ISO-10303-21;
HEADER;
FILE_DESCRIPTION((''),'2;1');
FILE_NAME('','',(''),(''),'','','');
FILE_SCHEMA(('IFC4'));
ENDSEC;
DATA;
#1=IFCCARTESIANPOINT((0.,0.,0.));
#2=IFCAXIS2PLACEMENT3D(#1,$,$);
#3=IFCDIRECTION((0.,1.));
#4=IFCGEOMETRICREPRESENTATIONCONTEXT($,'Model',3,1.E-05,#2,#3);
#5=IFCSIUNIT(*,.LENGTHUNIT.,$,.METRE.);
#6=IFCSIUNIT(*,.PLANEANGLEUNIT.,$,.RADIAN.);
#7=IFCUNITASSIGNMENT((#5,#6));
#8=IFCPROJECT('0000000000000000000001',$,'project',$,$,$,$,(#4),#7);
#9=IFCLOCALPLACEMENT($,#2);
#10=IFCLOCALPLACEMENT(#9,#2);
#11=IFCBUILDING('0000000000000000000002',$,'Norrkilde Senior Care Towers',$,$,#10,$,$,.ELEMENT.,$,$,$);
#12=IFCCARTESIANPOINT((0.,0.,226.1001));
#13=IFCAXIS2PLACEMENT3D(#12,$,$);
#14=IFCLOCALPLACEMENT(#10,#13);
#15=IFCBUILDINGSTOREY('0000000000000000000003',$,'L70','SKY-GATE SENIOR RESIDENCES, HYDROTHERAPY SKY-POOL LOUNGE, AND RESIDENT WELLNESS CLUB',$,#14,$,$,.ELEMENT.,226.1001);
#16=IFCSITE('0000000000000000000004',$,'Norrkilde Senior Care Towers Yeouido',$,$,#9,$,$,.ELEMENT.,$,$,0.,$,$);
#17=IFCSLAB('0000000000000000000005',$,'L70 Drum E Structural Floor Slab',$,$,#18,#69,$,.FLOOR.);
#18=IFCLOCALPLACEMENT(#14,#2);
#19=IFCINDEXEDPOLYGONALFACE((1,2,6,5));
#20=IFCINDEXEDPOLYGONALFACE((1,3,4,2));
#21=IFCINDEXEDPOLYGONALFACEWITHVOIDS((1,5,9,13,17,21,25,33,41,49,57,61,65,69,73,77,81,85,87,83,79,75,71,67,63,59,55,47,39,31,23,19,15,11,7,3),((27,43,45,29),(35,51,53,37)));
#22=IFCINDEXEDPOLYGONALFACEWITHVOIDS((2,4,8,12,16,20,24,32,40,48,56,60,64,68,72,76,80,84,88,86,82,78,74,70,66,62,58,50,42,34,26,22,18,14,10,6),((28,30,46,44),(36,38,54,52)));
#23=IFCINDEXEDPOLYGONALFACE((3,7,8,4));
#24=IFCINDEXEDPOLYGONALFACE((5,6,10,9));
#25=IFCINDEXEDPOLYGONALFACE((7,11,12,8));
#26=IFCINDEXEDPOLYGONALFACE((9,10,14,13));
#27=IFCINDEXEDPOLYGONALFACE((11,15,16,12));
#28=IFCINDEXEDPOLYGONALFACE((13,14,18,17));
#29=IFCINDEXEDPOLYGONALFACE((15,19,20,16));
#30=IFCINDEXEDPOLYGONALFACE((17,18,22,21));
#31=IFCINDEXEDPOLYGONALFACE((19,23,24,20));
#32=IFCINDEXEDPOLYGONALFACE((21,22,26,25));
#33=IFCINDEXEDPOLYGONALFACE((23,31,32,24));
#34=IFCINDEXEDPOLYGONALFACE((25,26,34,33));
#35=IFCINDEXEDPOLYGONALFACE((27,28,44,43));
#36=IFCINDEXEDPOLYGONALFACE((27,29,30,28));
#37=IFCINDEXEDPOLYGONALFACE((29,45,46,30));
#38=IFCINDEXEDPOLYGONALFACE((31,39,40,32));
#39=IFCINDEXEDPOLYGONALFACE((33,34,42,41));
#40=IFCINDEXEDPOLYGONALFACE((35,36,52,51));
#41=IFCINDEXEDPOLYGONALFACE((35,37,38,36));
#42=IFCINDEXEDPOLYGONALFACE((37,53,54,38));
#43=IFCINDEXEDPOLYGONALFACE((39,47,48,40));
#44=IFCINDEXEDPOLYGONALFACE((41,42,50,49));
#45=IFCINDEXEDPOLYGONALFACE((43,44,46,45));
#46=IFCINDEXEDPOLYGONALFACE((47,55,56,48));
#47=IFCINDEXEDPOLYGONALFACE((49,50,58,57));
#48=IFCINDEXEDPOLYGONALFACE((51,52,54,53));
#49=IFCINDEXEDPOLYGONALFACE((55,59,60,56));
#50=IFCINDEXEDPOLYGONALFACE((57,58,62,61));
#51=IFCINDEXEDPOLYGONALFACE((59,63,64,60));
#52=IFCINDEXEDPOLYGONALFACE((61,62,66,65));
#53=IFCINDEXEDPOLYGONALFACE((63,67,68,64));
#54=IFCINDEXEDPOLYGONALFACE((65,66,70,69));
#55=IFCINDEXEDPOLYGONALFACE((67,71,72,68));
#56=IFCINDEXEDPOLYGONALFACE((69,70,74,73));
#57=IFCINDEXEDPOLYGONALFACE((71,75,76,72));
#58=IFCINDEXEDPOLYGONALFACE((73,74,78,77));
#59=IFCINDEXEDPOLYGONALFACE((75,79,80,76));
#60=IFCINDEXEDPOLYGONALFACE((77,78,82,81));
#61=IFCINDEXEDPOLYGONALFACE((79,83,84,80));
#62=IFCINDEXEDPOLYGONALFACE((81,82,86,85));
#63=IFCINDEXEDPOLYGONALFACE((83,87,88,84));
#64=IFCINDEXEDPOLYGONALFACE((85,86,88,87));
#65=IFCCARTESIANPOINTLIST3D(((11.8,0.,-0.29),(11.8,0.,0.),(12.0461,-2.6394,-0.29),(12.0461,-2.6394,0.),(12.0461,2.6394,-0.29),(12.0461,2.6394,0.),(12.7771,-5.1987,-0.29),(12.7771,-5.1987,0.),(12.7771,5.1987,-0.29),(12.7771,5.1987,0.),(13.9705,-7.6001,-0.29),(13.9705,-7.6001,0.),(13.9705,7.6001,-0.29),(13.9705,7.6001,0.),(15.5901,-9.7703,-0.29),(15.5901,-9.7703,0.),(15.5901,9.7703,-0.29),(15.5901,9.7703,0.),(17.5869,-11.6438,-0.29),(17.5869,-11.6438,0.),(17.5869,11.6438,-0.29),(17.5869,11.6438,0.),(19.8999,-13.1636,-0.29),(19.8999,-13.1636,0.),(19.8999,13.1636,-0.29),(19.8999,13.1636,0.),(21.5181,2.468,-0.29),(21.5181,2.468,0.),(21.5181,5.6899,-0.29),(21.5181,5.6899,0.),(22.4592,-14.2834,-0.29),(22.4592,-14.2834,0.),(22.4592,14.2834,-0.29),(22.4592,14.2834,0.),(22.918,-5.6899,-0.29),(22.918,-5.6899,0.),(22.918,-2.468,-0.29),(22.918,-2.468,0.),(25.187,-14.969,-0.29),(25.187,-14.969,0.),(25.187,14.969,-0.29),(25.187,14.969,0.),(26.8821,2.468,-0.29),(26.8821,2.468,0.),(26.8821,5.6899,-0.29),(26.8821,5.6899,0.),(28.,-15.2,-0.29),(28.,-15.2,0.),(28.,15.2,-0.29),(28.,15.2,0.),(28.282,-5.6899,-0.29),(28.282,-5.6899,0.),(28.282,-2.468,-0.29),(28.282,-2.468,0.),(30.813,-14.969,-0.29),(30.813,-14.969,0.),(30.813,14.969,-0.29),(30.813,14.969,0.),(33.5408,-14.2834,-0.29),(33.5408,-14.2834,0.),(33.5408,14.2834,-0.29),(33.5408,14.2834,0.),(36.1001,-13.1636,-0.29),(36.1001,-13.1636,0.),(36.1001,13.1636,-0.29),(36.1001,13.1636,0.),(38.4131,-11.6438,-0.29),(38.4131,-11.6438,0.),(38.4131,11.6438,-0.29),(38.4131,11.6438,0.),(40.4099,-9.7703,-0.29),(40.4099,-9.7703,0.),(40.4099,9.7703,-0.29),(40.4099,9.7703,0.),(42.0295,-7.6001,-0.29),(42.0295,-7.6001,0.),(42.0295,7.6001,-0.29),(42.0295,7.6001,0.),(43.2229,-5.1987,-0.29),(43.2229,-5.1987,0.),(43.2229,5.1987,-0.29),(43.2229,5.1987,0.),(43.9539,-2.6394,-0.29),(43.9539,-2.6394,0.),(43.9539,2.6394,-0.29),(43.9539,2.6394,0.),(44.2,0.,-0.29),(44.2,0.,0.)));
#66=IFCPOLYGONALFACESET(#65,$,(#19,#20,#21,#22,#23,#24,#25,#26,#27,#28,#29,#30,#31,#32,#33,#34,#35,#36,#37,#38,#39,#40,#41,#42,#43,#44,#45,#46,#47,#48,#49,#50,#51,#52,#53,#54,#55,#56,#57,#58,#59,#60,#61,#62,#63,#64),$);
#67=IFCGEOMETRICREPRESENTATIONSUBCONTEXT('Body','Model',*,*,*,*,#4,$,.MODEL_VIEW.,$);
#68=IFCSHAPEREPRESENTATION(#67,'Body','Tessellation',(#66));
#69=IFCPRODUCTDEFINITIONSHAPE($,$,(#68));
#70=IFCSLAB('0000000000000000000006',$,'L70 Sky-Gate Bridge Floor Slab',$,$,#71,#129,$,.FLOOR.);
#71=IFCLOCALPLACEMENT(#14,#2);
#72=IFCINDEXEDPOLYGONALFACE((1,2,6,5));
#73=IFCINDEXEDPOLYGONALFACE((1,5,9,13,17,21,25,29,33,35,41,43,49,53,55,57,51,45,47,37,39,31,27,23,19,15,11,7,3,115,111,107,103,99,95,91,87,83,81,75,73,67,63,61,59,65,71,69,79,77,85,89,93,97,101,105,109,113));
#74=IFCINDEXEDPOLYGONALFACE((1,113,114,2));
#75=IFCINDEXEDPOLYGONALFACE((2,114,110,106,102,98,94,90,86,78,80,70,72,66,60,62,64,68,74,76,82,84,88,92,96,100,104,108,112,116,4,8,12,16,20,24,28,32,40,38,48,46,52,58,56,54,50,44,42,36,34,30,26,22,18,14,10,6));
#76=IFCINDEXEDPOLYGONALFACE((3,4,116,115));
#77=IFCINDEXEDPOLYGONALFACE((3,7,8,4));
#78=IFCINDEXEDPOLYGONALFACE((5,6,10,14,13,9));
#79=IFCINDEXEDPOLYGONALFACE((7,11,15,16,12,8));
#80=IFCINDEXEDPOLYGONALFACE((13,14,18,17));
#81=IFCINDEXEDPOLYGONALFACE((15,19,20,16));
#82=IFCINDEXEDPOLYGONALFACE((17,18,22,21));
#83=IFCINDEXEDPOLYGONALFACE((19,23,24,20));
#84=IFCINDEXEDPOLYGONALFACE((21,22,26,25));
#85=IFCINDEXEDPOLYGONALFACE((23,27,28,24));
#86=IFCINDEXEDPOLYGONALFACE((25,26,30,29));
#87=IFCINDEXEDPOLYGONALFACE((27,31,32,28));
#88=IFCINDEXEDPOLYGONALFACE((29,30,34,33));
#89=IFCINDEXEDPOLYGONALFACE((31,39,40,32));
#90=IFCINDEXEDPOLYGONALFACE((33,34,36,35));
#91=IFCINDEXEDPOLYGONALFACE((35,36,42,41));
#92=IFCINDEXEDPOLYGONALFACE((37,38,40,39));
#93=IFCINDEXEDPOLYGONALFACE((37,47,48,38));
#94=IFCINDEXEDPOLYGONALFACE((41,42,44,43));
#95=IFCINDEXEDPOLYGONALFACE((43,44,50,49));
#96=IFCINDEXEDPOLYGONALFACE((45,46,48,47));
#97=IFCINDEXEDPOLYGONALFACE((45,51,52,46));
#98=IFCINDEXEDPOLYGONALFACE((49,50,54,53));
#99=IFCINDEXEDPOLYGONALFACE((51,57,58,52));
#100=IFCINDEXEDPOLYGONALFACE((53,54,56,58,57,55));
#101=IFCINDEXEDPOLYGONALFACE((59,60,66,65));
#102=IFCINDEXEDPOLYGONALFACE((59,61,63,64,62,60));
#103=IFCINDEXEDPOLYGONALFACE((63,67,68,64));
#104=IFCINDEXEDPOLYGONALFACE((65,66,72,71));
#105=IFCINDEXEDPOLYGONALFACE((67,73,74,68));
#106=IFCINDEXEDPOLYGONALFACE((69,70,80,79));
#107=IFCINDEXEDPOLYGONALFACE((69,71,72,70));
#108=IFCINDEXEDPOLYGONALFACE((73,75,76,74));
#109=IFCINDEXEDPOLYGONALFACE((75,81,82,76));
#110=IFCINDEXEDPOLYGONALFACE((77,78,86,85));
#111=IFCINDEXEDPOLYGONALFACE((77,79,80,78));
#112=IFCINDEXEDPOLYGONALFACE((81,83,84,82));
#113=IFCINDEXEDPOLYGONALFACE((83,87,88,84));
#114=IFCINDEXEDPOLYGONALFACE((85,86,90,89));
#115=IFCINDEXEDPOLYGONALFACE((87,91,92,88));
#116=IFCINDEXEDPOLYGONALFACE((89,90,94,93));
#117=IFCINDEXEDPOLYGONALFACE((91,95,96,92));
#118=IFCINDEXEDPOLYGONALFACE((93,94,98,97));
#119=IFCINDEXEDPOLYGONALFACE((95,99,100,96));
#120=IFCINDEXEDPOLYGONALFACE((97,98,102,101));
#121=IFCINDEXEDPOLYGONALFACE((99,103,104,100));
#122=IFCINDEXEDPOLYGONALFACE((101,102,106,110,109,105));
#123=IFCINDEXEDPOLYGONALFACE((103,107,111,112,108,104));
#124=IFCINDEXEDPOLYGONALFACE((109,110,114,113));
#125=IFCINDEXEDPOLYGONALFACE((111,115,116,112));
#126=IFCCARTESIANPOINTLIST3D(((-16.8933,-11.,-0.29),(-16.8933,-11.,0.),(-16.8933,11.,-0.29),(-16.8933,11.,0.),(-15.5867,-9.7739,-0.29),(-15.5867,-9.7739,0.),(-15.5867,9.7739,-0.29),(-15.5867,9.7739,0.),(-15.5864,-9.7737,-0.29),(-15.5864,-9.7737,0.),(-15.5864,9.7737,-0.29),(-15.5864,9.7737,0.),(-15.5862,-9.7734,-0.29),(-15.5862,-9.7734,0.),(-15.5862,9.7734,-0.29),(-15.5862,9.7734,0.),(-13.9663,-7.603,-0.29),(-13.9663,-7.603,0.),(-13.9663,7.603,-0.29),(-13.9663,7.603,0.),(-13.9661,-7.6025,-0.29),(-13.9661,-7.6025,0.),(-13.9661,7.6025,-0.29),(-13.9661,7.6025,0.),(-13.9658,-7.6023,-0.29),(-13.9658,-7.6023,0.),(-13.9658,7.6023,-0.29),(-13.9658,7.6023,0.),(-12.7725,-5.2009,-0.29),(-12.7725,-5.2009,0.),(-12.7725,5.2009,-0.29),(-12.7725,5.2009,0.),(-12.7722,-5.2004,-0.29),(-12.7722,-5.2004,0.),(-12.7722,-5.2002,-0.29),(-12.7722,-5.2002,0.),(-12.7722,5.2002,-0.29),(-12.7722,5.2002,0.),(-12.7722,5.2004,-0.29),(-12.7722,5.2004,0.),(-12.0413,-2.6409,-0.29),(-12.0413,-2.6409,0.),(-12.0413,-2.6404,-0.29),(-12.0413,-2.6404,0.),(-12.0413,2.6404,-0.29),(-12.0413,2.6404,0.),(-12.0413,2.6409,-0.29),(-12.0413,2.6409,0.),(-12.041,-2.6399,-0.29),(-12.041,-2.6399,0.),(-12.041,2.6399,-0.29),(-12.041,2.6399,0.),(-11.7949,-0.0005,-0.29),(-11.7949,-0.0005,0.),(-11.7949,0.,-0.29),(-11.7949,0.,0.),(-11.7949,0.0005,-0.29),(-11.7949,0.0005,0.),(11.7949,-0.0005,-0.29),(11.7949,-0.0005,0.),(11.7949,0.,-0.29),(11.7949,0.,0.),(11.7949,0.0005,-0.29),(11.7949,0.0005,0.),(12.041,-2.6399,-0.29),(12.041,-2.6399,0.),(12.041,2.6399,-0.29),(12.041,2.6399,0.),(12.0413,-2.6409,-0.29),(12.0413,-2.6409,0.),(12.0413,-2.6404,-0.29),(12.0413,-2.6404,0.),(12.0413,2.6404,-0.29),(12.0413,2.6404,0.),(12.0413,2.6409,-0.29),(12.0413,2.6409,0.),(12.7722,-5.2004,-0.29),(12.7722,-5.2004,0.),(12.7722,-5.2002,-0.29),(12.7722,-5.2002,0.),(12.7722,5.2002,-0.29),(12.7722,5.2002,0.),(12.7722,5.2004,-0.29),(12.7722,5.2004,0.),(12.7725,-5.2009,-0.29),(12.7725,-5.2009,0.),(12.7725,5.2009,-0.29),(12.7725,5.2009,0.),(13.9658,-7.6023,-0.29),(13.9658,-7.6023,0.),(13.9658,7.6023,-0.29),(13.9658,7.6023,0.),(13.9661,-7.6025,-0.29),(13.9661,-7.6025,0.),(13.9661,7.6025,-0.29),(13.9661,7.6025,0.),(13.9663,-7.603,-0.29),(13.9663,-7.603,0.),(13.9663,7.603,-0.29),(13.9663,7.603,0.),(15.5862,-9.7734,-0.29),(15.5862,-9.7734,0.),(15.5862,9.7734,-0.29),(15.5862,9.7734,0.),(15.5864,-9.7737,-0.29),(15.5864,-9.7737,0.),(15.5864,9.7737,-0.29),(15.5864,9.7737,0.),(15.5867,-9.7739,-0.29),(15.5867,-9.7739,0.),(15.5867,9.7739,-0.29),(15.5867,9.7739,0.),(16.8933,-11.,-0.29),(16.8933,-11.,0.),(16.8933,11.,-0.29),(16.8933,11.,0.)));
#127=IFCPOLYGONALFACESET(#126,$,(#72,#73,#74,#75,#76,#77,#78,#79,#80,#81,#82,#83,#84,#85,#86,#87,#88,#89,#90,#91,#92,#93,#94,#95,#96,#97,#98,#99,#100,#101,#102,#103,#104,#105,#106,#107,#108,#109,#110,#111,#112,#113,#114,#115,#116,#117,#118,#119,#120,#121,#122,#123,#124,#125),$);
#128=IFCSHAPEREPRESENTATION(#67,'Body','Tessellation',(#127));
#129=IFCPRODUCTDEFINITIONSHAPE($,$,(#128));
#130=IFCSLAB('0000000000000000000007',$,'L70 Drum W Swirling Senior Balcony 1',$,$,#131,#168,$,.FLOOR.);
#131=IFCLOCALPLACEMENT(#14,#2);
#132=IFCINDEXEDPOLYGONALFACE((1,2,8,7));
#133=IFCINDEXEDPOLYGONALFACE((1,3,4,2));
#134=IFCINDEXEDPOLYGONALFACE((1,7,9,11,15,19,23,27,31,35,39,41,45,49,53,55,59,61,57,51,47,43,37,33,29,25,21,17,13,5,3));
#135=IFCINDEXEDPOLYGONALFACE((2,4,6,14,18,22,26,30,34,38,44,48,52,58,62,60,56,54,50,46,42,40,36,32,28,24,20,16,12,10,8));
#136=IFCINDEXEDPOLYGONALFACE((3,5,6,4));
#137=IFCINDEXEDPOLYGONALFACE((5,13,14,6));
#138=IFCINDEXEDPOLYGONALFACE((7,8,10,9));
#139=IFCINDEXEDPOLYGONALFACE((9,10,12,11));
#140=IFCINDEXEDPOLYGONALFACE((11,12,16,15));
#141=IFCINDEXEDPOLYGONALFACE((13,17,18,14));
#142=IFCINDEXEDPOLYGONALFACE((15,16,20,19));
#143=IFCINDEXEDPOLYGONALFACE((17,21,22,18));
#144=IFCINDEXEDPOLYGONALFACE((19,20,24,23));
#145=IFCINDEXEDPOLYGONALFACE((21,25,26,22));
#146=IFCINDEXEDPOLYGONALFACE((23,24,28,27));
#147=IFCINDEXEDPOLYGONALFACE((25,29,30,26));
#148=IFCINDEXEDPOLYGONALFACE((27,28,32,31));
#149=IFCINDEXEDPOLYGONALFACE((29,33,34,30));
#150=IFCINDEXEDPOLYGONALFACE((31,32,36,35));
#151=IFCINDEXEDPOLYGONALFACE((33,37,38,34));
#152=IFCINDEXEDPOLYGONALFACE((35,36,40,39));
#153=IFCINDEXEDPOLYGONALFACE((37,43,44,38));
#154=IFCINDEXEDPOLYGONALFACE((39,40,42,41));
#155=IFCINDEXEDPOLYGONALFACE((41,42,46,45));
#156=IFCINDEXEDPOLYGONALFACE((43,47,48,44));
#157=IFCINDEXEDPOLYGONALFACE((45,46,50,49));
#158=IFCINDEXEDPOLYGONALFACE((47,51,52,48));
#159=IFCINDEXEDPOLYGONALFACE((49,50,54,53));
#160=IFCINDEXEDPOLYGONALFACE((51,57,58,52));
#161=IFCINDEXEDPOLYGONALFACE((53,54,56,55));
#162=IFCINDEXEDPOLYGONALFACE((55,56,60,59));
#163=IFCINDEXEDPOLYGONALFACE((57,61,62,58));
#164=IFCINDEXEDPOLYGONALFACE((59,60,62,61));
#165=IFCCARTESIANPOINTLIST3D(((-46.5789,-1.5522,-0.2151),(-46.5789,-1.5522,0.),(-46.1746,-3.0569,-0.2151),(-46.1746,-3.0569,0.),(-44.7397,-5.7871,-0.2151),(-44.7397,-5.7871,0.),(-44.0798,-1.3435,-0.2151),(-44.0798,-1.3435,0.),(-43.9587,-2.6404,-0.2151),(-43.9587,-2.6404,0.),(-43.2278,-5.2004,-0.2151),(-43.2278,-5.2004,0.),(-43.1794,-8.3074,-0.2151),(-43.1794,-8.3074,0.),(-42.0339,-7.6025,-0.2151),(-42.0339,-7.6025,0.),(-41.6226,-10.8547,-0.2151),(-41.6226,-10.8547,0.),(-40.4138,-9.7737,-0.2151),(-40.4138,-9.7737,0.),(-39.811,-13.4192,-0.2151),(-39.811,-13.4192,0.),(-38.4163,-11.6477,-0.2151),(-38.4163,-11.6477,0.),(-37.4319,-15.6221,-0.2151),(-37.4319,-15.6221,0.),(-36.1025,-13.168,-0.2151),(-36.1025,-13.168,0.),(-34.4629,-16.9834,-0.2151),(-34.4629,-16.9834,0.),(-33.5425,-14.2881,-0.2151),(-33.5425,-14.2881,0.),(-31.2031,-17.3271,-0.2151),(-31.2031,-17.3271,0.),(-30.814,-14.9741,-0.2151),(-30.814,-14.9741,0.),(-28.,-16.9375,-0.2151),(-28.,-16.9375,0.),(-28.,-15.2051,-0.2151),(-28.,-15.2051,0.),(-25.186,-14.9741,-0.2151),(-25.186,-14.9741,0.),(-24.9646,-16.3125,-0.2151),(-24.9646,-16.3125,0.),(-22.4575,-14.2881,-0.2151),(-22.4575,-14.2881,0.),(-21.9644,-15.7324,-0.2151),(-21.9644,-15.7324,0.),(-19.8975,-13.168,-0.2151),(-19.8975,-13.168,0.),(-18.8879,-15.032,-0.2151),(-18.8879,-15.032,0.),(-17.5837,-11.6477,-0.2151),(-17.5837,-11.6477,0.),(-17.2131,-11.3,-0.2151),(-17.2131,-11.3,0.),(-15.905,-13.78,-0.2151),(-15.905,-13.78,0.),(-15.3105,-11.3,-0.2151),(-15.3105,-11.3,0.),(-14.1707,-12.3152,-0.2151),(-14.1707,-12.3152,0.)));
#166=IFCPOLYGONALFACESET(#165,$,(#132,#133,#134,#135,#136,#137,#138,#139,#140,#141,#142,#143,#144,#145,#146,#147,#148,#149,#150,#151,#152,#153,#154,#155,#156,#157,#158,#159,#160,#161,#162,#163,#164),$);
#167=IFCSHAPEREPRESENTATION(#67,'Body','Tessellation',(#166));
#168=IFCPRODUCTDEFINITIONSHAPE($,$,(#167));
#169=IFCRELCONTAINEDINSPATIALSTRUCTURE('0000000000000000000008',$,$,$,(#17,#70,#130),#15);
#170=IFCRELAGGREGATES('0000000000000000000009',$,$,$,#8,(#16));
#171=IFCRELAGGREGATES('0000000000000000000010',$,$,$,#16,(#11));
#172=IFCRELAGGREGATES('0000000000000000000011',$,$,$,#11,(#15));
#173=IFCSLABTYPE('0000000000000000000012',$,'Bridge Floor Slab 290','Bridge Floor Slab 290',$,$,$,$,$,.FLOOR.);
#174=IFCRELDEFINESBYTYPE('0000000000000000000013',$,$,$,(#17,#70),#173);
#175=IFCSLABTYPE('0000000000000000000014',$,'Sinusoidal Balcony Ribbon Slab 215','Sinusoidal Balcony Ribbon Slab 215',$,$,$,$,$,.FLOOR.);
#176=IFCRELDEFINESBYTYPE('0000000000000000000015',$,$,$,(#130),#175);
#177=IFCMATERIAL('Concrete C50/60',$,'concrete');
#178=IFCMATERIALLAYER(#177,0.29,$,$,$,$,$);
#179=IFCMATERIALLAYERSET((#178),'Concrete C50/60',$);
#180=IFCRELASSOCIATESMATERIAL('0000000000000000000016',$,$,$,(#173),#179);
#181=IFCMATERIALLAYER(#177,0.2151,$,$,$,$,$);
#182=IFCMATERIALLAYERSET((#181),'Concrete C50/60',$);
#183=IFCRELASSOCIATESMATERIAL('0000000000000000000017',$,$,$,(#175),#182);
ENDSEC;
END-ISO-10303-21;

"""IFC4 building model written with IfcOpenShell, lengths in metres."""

from ifc_helpers import new_model, si_unit, direction, frame, origin, place, context, subcontext, project, spatial, polyline, outline, extrude, material, layer, layer_set, type_object, element, save


model = new_model("IFC4")

# Units and contexts
model_context = context("Model", 3, precision=1e-05, world=origin(), true_north=direction((0.0, 1.0)))
body_context = subcontext(model_context, "Body", "Model", "MODEL_VIEW")
ifc_project = project(units=[si_unit("LENGTHUNIT", "METRE"), si_unit("PLANEANGLEUNIT", "RADIAN")], contexts=[model_context])

# Site, building, storey
site_placement = place(None, origin())
site = spatial("IfcSite", under=ifc_project, at=site_placement, Name="Norrkilde Senior Care Towers Yeouido", CompositionType="ELEMENT", RefElevation=0.0)
building_placement = place(site_placement, origin())
building = spatial("IfcBuilding", under=site, at=building_placement, Name="Norrkilde Senior Care Towers", CompositionType="ELEMENT")
storey_placement = place(building_placement, frame((0.0, 0.0, 226.1001)))
storey = spatial("IfcBuildingStorey", under=building, at=storey_placement, Name="L70", Description="SKY-GATE SENIOR RESIDENCES, HYDROTHERAPY SKY-POOL LOUNGE, AND RESIDENT WELLNESS CLUB", CompositionType="ELEMENT", Elevation=226.1001)

# Slabs
ifc_material_1 = material(Name="Concrete C50/60", Category="concrete")
ifc_layer_1 = layer(ifc_material_1, 0.29)
ifc_layer_set_1 = layer_set([ifc_layer_1], Name="Concrete C50/60")
slab_type_1 = type_object("IfcSlabType", Name="Bridge Floor Slab 290", Description="Bridge Floor Slab 290", PredefinedType="FLOOR", material=ifc_layer_set_1)
slab_1_placement = place(storey_placement, frame((0.0, 0.0, -0.29)))
element("IfcSlab", 1, at=slab_1_placement, inside=storey, type_object=slab_type_1, Name="L70 Drum E Structural Floor Slab", PredefinedType="FLOOR", context=body_context, shape_type="SweptSolid", body=[
    extrude(outline(polyline([(43.2229, -5.1987), (42.0295, -7.6001), (40.4099, -9.7703), (38.4131, -11.6438), (36.1001, -13.1636), (33.5408, -14.2834), (30.813, -14.969), (28.0, -15.2), (25.187, -14.969), (22.4592, -14.2834), (19.8999, -13.1636), (17.5869, -11.6438), (15.5901, -9.7703), (13.9705, -7.6001), (12.7771, -5.1987), (12.0461, -2.6394), (11.8, 0.0), (12.0461, 2.6394), (12.7771, 5.1987), (13.9705, 7.6001), (15.5901, 9.7703), (17.5869, 11.6438), (19.8999, 13.1636), (22.4592, 14.2834), (25.187, 14.969), (28.0, 15.2), (30.813, 14.969), (33.5408, 14.2834), (36.1001, 13.1636), (38.4131, 11.6438), (40.4099, 9.7703), (42.0295, 7.6001), (43.2229, 5.1987), (43.9539, 2.6394), (44.2, 0.0), (43.9539, -2.6394), (43.2229, -5.1987)]), holes=[polyline([(21.5181, 2.468), (26.8821, 2.468), (26.8821, 5.6899), (21.5181, 5.6899), (21.5181, 2.468)]), polyline([(28.282, -5.6899), (28.282, -2.468), (22.918, -2.468), (22.918, -5.6899), (28.282, -5.6899)])]), origin(), (0.0, 0.0, 1.0), 0.29),
])
slab_2_placement = place(storey_placement, frame((0.0, 0.0, -0.29)))
element("IfcSlab", 2, at=slab_2_placement, inside=storey, type_object=slab_type_1, Name="L70 Sky-Gate Bridge Floor Slab", PredefinedType="FLOOR", context=body_context, shape_type="SweptSolid", body=[
    extrude(outline(polyline([(16.8933, 11.0), (15.5867, 9.7739), (15.5864, 9.7737), (15.5862, 9.7734), (13.9663, 7.603), (13.9661, 7.6025), (13.9658, 7.6023), (12.7725, 5.2009), (12.7722, 5.2004), (12.7722, 5.2002), (12.0413, 2.6409), (12.0413, 2.6404), (12.041, 2.6399), (11.7949, 0.0005), (11.7949, 0.0), (11.7949, -0.0005), (12.041, -2.6399), (12.0413, -2.6404), (12.0413, -2.6409), (12.7722, -5.2002), (12.7722, -5.2004), (12.7725, -5.2009), (13.9658, -7.6023), (13.9661, -7.6025), (13.9663, -7.603), (15.5862, -9.7734), (15.5864, -9.7737), (15.5867, -9.7739), (16.8933, -11.0), (-16.8933, -11.0), (-15.5867, -9.7739), (-15.5864, -9.7737), (-15.5862, -9.7734), (-13.9663, -7.603), (-13.9661, -7.6025), (-13.9658, -7.6023), (-12.7725, -5.2009), (-12.7722, -5.2004), (-12.7722, -5.2002), (-12.0413, -2.6409), (-12.0413, -2.6404), (-12.041, -2.6399), (-11.7949, -0.0005), (-11.7949, 0.0), (-11.7949, 0.0005), (-12.041, 2.6399), (-12.0413, 2.6404), (-12.0413, 2.6409), (-12.7722, 5.2002), (-12.7722, 5.2004), (-12.7725, 5.2009), (-13.9658, 7.6023), (-13.9661, 7.6025), (-13.9663, 7.603), (-15.5862, 9.7734), (-15.5864, 9.7737), (-15.5867, 9.7739), (-16.8933, 11.0), (16.8933, 11.0)])), origin(), (0.0, 0.0, 1.0), 0.29),
])
ifc_layer_2 = layer(ifc_material_1, 0.2151)
ifc_layer_set_2 = layer_set([ifc_layer_2], Name="Concrete C50/60")
slab_type_2 = type_object("IfcSlabType", Name="Sinusoidal Balcony Ribbon Slab 215", Description="Sinusoidal Balcony Ribbon Slab 215", PredefinedType="FLOOR", material=ifc_layer_set_2)
slab_3_placement = place(storey_placement, frame((0.0, 0.0, -0.2151)))
element("IfcSlab", 3, at=slab_3_placement, inside=storey, type_object=slab_type_2, Name="L70 Drum W Swirling Senior Balcony 1", PredefinedType="FLOOR", context=body_context, shape_type="SweptSolid", body=[
    extrude(outline(polyline([(-21.9644, -15.7324), (-24.9646, -16.3125), (-28.0, -16.9375), (-31.2031, -17.3271), (-34.4629, -16.9834), (-37.4319, -15.6221), (-39.811, -13.4192), (-41.6226, -10.8547), (-43.1794, -8.3074), (-44.7397, -5.7871), (-46.1746, -3.0569), (-46.5789, -1.5522), (-44.0798, -1.3435), (-43.9587, -2.6404), (-43.2278, -5.2004), (-42.0339, -7.6025), (-40.4138, -9.7737), (-38.4163, -11.6477), (-36.1025, -13.168), (-33.5425, -14.2881), (-30.814, -14.9741), (-28.0, -15.2051), (-25.186, -14.9741), (-22.4575, -14.2881), (-19.8975, -13.168), (-17.5837, -11.6477), (-17.2131, -11.3), (-15.3105, -11.3), (-14.1707, -12.3152), (-15.905, -13.78), (-18.8879, -15.032), (-21.9644, -15.7324)])), origin(), (0.0, 0.0, 1.0), 0.2151),
])

save(model, "model.ifc")
